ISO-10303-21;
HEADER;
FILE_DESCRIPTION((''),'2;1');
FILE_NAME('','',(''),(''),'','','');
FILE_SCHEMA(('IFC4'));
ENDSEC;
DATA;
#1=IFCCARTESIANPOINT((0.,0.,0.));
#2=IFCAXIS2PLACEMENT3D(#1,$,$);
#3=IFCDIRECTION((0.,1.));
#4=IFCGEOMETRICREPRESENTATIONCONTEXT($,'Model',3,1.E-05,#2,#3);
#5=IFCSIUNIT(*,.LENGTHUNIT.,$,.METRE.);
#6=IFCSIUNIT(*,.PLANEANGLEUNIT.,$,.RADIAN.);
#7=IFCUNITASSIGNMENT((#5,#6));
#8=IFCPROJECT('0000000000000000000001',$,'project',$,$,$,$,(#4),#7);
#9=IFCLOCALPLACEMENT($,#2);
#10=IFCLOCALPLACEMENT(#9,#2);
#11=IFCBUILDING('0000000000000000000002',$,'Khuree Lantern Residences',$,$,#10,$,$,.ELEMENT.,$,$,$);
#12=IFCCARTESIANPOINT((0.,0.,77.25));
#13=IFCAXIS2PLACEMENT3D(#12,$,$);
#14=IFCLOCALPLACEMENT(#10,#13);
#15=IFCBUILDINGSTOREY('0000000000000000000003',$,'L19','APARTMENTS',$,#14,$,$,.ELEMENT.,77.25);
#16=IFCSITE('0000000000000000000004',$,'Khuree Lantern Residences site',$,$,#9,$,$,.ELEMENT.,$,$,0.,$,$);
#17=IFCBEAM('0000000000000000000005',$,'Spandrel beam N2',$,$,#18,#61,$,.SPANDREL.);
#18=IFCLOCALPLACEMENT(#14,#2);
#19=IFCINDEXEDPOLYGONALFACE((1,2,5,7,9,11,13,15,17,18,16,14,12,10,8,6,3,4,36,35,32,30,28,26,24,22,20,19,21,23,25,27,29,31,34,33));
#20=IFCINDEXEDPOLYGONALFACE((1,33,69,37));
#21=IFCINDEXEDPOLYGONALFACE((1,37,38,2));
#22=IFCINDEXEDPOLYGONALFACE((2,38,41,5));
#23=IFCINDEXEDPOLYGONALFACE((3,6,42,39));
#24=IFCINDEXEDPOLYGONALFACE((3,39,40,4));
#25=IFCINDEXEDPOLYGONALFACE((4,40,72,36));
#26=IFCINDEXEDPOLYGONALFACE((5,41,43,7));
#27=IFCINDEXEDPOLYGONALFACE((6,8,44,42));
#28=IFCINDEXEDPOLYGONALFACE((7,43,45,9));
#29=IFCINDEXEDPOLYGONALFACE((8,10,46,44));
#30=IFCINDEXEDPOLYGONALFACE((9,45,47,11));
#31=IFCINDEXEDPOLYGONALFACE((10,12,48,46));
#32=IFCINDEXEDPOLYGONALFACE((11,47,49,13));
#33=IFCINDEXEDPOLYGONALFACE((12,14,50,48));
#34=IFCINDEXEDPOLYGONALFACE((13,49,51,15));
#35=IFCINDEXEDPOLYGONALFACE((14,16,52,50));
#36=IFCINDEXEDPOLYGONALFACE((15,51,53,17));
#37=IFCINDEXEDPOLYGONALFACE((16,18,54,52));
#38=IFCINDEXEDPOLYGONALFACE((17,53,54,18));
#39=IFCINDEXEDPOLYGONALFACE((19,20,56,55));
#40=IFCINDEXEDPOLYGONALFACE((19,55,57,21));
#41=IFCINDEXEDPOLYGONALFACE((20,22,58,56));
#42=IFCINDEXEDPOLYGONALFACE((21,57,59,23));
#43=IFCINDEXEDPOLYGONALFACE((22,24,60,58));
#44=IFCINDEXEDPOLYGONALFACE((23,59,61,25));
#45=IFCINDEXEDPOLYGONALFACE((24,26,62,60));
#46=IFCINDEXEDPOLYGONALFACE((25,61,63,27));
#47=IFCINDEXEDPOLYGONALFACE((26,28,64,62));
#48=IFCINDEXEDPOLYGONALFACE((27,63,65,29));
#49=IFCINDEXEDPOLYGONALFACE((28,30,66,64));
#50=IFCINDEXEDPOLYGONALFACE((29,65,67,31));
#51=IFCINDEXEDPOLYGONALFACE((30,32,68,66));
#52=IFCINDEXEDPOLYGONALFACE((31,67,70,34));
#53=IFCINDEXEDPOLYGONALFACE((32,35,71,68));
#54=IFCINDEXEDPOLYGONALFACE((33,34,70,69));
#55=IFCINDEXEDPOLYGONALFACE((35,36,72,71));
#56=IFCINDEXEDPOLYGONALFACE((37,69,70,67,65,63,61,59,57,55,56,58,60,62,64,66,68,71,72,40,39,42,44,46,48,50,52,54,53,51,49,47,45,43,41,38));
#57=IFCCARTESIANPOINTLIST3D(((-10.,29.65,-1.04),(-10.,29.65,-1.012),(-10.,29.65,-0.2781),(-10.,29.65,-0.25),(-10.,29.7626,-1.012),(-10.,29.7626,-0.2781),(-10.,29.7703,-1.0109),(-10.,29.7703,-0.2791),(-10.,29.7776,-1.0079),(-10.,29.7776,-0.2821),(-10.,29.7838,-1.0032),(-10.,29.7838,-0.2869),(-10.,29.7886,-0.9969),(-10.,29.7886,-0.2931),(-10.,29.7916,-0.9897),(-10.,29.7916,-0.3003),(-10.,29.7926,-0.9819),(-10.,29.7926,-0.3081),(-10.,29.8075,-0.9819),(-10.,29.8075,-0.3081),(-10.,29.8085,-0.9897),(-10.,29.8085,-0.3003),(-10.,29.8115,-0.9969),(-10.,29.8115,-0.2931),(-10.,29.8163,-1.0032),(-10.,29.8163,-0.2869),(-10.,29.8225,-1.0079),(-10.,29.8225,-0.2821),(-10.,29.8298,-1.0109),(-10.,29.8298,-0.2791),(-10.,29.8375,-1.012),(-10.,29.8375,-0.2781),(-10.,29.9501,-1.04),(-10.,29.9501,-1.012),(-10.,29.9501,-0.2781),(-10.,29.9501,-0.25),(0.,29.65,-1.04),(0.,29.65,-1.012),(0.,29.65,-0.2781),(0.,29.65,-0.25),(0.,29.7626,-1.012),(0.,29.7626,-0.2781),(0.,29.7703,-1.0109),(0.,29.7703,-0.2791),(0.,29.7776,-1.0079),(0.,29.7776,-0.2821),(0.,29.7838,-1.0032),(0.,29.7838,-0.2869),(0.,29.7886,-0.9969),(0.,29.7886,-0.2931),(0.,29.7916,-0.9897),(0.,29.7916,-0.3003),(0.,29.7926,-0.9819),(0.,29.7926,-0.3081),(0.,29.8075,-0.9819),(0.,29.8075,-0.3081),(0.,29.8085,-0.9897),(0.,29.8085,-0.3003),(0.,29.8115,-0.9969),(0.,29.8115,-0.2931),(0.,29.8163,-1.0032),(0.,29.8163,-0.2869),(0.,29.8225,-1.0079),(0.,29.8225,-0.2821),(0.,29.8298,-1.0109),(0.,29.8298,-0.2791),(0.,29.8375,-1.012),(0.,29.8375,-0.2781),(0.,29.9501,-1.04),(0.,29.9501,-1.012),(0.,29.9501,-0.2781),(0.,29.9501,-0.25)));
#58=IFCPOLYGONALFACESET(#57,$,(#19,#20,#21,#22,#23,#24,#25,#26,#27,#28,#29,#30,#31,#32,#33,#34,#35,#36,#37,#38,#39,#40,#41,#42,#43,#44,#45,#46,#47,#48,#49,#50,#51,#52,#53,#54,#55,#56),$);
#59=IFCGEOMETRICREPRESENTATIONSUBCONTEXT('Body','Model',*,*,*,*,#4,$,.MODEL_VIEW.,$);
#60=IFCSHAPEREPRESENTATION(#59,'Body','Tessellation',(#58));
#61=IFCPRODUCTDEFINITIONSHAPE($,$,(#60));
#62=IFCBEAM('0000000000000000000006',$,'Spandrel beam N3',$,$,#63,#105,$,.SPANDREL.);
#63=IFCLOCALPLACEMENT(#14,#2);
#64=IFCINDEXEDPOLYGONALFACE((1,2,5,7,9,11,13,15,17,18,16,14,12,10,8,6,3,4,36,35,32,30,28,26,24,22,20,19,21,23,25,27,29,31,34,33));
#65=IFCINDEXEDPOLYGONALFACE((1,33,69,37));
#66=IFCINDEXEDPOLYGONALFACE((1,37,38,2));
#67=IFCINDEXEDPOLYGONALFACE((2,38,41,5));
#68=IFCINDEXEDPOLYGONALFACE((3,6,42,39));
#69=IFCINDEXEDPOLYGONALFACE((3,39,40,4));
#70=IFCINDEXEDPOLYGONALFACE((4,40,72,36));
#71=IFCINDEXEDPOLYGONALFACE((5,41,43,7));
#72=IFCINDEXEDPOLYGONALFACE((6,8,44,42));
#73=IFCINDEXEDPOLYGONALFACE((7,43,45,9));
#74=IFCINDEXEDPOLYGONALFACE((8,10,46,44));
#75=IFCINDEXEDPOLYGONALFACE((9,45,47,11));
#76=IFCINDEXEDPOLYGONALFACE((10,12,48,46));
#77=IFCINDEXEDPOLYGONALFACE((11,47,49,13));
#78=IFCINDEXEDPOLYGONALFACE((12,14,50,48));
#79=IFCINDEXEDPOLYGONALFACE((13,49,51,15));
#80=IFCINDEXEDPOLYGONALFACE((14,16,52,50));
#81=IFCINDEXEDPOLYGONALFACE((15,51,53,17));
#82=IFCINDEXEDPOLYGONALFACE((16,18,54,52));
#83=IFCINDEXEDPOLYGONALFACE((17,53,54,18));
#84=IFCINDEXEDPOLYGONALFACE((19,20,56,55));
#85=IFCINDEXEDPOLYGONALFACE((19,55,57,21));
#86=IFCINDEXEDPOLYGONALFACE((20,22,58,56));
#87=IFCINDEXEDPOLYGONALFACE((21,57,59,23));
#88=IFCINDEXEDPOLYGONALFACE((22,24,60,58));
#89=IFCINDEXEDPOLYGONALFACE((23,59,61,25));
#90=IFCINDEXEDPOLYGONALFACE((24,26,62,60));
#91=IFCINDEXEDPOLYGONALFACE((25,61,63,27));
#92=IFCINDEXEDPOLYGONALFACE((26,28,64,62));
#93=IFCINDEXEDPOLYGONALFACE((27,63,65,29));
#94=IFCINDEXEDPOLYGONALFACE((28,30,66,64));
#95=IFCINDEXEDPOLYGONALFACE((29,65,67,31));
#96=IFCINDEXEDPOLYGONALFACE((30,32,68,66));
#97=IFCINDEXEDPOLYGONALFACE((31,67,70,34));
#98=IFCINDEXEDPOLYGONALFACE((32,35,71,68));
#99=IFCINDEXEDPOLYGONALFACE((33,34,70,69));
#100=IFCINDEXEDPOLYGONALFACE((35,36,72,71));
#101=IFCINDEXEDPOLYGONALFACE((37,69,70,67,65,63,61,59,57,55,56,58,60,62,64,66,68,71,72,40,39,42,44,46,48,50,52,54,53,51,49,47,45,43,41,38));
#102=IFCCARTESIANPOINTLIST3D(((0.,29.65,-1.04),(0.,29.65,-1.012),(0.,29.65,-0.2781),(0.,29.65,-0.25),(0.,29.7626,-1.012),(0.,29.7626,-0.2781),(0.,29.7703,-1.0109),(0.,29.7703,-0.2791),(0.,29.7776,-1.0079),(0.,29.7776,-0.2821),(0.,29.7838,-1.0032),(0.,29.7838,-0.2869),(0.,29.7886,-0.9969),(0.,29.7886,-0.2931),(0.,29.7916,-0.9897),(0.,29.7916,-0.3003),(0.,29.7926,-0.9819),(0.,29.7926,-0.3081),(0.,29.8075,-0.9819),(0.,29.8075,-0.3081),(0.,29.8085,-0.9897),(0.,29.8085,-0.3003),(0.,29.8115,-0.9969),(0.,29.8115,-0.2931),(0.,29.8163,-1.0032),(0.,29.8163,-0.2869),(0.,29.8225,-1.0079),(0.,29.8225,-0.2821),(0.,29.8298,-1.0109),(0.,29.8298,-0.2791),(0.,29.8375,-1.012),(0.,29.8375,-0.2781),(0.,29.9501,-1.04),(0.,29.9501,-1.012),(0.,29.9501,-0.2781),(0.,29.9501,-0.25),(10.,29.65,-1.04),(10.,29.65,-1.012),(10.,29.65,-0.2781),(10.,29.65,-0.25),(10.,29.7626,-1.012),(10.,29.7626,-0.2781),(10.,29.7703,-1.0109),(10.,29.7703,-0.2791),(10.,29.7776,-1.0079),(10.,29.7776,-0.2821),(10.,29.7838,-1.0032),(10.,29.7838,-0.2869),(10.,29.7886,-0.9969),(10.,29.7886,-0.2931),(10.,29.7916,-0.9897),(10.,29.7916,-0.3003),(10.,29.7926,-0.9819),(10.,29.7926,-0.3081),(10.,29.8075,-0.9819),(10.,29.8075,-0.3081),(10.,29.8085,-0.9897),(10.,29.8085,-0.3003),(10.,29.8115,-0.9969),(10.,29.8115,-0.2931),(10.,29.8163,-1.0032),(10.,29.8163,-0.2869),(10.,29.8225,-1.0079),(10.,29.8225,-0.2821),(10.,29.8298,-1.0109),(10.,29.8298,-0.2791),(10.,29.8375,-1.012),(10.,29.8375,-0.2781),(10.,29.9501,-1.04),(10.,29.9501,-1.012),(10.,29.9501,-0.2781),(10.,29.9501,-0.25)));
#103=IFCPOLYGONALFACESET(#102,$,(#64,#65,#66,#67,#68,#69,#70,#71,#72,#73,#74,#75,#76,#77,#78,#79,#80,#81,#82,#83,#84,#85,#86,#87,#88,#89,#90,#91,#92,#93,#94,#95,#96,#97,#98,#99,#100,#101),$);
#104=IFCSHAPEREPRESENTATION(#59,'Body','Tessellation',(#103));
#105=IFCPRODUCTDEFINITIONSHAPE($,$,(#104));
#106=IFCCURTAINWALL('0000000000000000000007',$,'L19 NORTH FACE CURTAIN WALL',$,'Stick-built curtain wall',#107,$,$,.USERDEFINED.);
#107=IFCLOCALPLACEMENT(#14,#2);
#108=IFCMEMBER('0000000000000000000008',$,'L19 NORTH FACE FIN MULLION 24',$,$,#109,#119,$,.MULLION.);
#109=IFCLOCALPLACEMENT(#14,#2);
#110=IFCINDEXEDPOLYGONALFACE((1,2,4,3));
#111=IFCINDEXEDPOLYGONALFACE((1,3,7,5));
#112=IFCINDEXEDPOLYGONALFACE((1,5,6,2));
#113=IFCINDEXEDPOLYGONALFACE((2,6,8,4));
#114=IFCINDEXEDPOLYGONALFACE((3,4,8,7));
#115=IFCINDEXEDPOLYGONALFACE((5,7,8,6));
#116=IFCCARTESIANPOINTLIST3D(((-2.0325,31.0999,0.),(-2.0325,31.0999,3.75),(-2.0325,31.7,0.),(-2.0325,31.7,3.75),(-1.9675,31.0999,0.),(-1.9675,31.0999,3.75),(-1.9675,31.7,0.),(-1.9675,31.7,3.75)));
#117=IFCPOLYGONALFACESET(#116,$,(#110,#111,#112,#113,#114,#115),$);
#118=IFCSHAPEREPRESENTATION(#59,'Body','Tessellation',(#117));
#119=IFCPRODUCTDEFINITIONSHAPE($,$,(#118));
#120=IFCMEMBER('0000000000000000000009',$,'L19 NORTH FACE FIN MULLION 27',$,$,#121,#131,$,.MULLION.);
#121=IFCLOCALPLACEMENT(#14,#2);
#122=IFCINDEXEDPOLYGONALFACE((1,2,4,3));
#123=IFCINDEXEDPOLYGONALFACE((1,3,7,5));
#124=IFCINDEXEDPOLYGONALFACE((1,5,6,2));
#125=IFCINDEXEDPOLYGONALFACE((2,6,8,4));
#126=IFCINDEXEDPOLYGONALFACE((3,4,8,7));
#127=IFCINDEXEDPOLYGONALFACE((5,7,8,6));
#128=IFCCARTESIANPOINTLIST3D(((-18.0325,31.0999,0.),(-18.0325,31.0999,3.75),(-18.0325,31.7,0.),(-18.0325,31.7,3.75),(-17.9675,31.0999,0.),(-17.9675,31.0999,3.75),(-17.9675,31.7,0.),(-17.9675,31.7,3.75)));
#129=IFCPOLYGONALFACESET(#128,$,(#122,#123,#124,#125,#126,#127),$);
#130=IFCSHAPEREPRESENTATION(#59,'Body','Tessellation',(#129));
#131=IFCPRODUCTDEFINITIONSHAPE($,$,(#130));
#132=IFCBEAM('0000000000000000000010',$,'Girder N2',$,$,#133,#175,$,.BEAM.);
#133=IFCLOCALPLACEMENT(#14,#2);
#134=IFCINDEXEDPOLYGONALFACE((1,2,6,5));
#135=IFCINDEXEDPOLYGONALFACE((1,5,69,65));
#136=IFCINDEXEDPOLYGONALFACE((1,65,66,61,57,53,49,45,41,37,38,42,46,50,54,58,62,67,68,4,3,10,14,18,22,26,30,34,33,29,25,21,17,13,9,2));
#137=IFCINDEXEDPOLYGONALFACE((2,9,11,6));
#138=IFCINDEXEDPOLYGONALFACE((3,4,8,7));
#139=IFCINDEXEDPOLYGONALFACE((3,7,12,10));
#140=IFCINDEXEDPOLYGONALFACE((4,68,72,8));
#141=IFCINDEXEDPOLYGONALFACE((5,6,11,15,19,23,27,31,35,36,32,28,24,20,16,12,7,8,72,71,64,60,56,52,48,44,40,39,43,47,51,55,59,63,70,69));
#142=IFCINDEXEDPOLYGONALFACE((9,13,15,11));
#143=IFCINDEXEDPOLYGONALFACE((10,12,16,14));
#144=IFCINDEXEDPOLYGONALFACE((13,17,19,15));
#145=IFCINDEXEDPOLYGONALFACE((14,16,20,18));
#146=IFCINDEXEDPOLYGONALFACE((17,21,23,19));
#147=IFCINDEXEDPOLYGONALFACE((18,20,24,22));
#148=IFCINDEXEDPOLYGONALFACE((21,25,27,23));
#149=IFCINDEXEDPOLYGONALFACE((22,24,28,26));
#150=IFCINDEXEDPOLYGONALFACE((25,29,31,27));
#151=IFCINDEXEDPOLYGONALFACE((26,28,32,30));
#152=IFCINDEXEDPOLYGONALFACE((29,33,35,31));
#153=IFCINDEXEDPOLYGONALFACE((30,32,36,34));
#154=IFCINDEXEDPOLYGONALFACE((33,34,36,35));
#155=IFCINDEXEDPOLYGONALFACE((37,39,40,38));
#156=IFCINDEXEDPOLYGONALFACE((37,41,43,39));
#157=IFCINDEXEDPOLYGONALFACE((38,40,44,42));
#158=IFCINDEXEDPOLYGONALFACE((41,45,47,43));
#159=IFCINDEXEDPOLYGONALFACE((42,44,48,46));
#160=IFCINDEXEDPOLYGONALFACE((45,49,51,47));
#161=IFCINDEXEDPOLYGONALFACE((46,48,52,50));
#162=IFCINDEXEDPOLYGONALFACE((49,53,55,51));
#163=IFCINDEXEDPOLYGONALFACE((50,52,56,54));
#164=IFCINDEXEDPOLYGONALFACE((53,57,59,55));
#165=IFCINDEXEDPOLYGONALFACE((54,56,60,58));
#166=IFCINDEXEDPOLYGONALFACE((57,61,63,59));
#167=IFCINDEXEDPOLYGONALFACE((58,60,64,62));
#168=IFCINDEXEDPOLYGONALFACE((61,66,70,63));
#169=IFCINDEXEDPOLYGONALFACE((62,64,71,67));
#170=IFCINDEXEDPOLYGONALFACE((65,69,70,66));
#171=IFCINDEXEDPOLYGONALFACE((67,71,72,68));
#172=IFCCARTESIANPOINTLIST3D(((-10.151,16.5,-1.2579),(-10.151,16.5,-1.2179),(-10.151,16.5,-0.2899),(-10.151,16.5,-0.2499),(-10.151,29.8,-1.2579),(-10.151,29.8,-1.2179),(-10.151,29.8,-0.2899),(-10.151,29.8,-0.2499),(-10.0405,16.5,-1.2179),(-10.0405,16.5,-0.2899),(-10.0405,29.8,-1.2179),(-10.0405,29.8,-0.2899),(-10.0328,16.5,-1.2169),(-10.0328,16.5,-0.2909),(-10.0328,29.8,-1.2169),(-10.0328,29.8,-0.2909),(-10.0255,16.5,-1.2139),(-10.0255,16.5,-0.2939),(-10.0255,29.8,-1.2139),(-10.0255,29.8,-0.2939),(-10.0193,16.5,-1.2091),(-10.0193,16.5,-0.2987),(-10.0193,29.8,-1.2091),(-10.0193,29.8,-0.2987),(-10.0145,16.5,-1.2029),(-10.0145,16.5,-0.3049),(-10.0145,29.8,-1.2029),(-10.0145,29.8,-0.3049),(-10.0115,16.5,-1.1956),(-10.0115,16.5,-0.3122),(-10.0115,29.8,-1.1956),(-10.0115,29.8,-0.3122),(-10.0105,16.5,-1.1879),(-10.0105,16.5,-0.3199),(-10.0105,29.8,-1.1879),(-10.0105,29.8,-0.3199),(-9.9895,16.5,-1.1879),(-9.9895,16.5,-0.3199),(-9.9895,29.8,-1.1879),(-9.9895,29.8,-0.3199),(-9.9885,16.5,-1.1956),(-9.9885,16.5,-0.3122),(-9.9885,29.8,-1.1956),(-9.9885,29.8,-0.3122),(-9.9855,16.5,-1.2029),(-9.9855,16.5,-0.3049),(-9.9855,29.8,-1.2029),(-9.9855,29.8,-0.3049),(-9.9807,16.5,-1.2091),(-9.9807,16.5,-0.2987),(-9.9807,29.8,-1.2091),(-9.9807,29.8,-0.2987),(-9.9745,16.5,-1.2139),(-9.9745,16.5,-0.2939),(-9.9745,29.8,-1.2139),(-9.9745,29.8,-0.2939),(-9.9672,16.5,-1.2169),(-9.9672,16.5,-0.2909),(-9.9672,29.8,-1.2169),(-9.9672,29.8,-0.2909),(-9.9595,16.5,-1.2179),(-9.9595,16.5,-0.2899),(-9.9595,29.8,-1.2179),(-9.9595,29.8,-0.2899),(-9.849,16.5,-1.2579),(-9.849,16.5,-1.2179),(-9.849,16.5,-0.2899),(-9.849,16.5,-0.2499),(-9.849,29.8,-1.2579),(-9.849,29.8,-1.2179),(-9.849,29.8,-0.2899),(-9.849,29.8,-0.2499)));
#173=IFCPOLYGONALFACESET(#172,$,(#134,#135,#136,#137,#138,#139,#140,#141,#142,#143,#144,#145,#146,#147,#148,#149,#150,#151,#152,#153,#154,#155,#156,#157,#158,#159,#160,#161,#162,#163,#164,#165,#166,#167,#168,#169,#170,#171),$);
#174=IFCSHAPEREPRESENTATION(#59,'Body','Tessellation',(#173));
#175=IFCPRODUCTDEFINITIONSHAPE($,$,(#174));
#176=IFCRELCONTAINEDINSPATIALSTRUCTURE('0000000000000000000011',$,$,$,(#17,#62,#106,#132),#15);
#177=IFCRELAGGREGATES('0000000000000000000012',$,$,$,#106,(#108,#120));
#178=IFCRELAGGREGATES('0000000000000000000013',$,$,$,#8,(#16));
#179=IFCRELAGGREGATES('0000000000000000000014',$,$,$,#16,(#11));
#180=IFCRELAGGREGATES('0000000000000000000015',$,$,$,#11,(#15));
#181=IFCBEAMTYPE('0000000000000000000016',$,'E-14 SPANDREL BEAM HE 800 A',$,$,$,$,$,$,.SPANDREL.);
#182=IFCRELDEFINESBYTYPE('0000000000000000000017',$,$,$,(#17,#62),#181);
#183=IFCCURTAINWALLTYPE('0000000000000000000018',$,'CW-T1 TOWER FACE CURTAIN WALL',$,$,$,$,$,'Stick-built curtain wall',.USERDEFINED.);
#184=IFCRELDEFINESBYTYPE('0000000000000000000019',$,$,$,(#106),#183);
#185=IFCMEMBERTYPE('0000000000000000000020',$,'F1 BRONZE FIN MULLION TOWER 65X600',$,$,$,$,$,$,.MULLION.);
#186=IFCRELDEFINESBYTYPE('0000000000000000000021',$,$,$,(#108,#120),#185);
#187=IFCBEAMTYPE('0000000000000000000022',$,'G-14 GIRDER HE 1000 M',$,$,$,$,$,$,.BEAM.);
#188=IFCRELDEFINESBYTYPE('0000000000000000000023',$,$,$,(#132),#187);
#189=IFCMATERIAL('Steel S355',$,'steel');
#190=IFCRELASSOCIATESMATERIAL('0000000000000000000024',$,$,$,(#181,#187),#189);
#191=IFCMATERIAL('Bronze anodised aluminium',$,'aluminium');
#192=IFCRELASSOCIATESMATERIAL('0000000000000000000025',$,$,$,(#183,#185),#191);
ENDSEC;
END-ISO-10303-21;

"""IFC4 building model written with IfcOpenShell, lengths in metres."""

from ifc_helpers import new_model, si_unit, direction, frame, origin, origin_2d, place, context, subcontext, project, spatial, rectangle, i_section, extrude, material, material_profile, profile_set, type_object, element, aggregate, save


model = new_model("IFC4")

# Units and contexts
model_context = context("Model", 3, precision=1e-05, world=origin(), true_north=direction((0.0, 1.0)))
body_context = subcontext(model_context, "Body", "Model", "MODEL_VIEW")
ifc_project = project(units=[si_unit("LENGTHUNIT", "METRE"), si_unit("PLANEANGLEUNIT", "RADIAN")], contexts=[model_context])

# Site, building, storey
site_placement = place(None, origin())
site = spatial("IfcSite", under=ifc_project, at=site_placement, Name="Khuree Lantern Residences site", CompositionType="ELEMENT", RefElevation=0.0)
building_placement = place(site_placement, origin())
building = spatial("IfcBuilding", under=site, at=building_placement, Name="Khuree Lantern Residences", CompositionType="ELEMENT")
storey_placement = place(building_placement, frame((0.0, 0.0, 77.25)))
storey = spatial("IfcBuildingStorey", under=building, at=storey_placement, Name="L19", Description="APARTMENTS", CompositionType="ELEMENT", Elevation=77.25)

# Beams
ifc_material_1 = material(Name="Steel S355", Category="steel")
ifc_material_profile_1 = material_profile(ifc_material_1, i_section(OverallWidth=0.3, OverallDepth=0.79, WebThickness=0.0149, FlangeThickness=0.0281, FilletRadius=0.03, at=origin_2d()), Name="HE 800 A")
ifc_profile_set_1 = profile_set([ifc_material_profile_1], Name="Steel S355")
beam_type_1 = type_object("IfcBeamType", Name="E-14 SPANDREL BEAM HE 800 A", PredefinedType="SPANDREL", material=ifc_profile_set_1)
for number, where, z_axis, x_axis, name in (
    (1, (-10.0, 29.8, -0.645), (1.0, 0.0, 0.0), (0.0, 1.0, 0.0), "Spandrel beam N2"),
    (2, (0.0, 29.8, -0.645), (1.0, 0.0, 0.0), (0.0, 1.0, 0.0), "Spandrel beam N3"),
):
    element("IfcBeam", number, at=place(storey_placement, frame(where, z_axis=z_axis, x_axis=x_axis)), inside=storey, type_object=beam_type_1, Name=name, PredefinedType="SPANDREL", context=body_context, shape_type="SweptSolid", body=[
        extrude(i_section(OverallWidth=0.3, OverallDepth=0.79, WebThickness=0.0149, FlangeThickness=0.0281, FilletRadius=0.03, at=origin_2d()), origin(), (0.0, 0.0, 1.0), 10.0),
    ])

# Curtain wall, members
ifc_material_2 = material(Name="Bronze anodised aluminium", Category="aluminium")
curtain_wall_type = type_object("IfcCurtainWallType", Name="CW-T1 TOWER FACE CURTAIN WALL", ElementType="Stick-built curtain wall", PredefinedType="USERDEFINED", material=ifc_material_2)
curtain_wall_placement = place(storey_placement, origin())
curtain_wall = element("IfcCurtainWall", 3, at=curtain_wall_placement, inside=storey, type_object=curtain_wall_type, Name="L19 NORTH FACE CURTAIN WALL", ObjectType="Stick-built curtain wall", PredefinedType="USERDEFINED")
ifc_material_profile_2 = material_profile(ifc_material_2, rectangle(XDim=0.0649, YDim=0.6001, at=origin_2d()), Name="F1 65X600")
ifc_profile_set_2 = profile_set([ifc_material_profile_2], Name="Bronze anodised aluminium")
member_type_1 = type_object("IfcMemberType", Name="F1 BRONZE FIN MULLION TOWER 65X600", PredefinedType="MULLION", material=ifc_profile_set_2)
member_1_placement = place(storey_placement, frame((-2.0, 31.3999, 0.0), z_axis=(0.0, 0.0, 1.0), x_axis=(-1.0, 0.0, 0.0)))
member_1 = element("IfcMember", 4, at=member_1_placement, type_object=member_type_1, Name="L19 NORTH FACE FIN MULLION 24", PredefinedType="MULLION", context=body_context, shape_type="SweptSolid", body=[
    extrude(rectangle(XDim=0.0649, YDim=0.6001, at=origin_2d()), origin(), (0.0, 0.0, 1.0), 3.75),
])
member_2_placement = place(storey_placement, frame((-18.0, 31.3999, 0.0), z_axis=(0.0, 0.0, 1.0), x_axis=(-1.0, 0.0, 0.0)))
member_2 = element("IfcMember", 5, at=member_2_placement, type_object=member_type_1, Name="L19 NORTH FACE FIN MULLION 27", PredefinedType="MULLION", context=body_context, shape_type="SweptSolid", body=[
    extrude(rectangle(XDim=0.0649, YDim=0.6001, at=origin_2d()), origin(), (0.0, 0.0, 1.0), 3.75),
])

# Beam
ifc_material_profile_3 = material_profile(ifc_material_1, i_section(OverallWidth=0.302, OverallDepth=1.0081, WebThickness=0.021, FlangeThickness=0.04, FilletRadius=0.03, at=origin_2d()), Name="HE 1000 M")
ifc_profile_set_3 = profile_set([ifc_material_profile_3], Name="Steel S355")
beam_type_2 = type_object("IfcBeamType", Name="G-14 GIRDER HE 1000 M", PredefinedType="BEAM", material=ifc_profile_set_3)
for number, where, z_axis, x_axis, name in (
    (6, (-10.0, 29.8, -0.7539), (0.0, -1.0, 0.0), (1.0, 0.0, 0.0), "Girder N2"),
):
    element("IfcBeam", number, at=place(storey_placement, frame(where, z_axis=z_axis, x_axis=x_axis)), inside=storey, type_object=beam_type_2, Name=name, PredefinedType="BEAM", context=body_context, shape_type="SweptSolid", body=[
        extrude(i_section(OverallWidth=0.302, OverallDepth=1.0081, WebThickness=0.021, FlangeThickness=0.04, FilletRadius=0.03, at=origin_2d()), origin(), (0.0, 0.0, 1.0), 13.3),
    ])

aggregate(curtain_wall, [member_1, member_2])

save(model, "model.ifc")
